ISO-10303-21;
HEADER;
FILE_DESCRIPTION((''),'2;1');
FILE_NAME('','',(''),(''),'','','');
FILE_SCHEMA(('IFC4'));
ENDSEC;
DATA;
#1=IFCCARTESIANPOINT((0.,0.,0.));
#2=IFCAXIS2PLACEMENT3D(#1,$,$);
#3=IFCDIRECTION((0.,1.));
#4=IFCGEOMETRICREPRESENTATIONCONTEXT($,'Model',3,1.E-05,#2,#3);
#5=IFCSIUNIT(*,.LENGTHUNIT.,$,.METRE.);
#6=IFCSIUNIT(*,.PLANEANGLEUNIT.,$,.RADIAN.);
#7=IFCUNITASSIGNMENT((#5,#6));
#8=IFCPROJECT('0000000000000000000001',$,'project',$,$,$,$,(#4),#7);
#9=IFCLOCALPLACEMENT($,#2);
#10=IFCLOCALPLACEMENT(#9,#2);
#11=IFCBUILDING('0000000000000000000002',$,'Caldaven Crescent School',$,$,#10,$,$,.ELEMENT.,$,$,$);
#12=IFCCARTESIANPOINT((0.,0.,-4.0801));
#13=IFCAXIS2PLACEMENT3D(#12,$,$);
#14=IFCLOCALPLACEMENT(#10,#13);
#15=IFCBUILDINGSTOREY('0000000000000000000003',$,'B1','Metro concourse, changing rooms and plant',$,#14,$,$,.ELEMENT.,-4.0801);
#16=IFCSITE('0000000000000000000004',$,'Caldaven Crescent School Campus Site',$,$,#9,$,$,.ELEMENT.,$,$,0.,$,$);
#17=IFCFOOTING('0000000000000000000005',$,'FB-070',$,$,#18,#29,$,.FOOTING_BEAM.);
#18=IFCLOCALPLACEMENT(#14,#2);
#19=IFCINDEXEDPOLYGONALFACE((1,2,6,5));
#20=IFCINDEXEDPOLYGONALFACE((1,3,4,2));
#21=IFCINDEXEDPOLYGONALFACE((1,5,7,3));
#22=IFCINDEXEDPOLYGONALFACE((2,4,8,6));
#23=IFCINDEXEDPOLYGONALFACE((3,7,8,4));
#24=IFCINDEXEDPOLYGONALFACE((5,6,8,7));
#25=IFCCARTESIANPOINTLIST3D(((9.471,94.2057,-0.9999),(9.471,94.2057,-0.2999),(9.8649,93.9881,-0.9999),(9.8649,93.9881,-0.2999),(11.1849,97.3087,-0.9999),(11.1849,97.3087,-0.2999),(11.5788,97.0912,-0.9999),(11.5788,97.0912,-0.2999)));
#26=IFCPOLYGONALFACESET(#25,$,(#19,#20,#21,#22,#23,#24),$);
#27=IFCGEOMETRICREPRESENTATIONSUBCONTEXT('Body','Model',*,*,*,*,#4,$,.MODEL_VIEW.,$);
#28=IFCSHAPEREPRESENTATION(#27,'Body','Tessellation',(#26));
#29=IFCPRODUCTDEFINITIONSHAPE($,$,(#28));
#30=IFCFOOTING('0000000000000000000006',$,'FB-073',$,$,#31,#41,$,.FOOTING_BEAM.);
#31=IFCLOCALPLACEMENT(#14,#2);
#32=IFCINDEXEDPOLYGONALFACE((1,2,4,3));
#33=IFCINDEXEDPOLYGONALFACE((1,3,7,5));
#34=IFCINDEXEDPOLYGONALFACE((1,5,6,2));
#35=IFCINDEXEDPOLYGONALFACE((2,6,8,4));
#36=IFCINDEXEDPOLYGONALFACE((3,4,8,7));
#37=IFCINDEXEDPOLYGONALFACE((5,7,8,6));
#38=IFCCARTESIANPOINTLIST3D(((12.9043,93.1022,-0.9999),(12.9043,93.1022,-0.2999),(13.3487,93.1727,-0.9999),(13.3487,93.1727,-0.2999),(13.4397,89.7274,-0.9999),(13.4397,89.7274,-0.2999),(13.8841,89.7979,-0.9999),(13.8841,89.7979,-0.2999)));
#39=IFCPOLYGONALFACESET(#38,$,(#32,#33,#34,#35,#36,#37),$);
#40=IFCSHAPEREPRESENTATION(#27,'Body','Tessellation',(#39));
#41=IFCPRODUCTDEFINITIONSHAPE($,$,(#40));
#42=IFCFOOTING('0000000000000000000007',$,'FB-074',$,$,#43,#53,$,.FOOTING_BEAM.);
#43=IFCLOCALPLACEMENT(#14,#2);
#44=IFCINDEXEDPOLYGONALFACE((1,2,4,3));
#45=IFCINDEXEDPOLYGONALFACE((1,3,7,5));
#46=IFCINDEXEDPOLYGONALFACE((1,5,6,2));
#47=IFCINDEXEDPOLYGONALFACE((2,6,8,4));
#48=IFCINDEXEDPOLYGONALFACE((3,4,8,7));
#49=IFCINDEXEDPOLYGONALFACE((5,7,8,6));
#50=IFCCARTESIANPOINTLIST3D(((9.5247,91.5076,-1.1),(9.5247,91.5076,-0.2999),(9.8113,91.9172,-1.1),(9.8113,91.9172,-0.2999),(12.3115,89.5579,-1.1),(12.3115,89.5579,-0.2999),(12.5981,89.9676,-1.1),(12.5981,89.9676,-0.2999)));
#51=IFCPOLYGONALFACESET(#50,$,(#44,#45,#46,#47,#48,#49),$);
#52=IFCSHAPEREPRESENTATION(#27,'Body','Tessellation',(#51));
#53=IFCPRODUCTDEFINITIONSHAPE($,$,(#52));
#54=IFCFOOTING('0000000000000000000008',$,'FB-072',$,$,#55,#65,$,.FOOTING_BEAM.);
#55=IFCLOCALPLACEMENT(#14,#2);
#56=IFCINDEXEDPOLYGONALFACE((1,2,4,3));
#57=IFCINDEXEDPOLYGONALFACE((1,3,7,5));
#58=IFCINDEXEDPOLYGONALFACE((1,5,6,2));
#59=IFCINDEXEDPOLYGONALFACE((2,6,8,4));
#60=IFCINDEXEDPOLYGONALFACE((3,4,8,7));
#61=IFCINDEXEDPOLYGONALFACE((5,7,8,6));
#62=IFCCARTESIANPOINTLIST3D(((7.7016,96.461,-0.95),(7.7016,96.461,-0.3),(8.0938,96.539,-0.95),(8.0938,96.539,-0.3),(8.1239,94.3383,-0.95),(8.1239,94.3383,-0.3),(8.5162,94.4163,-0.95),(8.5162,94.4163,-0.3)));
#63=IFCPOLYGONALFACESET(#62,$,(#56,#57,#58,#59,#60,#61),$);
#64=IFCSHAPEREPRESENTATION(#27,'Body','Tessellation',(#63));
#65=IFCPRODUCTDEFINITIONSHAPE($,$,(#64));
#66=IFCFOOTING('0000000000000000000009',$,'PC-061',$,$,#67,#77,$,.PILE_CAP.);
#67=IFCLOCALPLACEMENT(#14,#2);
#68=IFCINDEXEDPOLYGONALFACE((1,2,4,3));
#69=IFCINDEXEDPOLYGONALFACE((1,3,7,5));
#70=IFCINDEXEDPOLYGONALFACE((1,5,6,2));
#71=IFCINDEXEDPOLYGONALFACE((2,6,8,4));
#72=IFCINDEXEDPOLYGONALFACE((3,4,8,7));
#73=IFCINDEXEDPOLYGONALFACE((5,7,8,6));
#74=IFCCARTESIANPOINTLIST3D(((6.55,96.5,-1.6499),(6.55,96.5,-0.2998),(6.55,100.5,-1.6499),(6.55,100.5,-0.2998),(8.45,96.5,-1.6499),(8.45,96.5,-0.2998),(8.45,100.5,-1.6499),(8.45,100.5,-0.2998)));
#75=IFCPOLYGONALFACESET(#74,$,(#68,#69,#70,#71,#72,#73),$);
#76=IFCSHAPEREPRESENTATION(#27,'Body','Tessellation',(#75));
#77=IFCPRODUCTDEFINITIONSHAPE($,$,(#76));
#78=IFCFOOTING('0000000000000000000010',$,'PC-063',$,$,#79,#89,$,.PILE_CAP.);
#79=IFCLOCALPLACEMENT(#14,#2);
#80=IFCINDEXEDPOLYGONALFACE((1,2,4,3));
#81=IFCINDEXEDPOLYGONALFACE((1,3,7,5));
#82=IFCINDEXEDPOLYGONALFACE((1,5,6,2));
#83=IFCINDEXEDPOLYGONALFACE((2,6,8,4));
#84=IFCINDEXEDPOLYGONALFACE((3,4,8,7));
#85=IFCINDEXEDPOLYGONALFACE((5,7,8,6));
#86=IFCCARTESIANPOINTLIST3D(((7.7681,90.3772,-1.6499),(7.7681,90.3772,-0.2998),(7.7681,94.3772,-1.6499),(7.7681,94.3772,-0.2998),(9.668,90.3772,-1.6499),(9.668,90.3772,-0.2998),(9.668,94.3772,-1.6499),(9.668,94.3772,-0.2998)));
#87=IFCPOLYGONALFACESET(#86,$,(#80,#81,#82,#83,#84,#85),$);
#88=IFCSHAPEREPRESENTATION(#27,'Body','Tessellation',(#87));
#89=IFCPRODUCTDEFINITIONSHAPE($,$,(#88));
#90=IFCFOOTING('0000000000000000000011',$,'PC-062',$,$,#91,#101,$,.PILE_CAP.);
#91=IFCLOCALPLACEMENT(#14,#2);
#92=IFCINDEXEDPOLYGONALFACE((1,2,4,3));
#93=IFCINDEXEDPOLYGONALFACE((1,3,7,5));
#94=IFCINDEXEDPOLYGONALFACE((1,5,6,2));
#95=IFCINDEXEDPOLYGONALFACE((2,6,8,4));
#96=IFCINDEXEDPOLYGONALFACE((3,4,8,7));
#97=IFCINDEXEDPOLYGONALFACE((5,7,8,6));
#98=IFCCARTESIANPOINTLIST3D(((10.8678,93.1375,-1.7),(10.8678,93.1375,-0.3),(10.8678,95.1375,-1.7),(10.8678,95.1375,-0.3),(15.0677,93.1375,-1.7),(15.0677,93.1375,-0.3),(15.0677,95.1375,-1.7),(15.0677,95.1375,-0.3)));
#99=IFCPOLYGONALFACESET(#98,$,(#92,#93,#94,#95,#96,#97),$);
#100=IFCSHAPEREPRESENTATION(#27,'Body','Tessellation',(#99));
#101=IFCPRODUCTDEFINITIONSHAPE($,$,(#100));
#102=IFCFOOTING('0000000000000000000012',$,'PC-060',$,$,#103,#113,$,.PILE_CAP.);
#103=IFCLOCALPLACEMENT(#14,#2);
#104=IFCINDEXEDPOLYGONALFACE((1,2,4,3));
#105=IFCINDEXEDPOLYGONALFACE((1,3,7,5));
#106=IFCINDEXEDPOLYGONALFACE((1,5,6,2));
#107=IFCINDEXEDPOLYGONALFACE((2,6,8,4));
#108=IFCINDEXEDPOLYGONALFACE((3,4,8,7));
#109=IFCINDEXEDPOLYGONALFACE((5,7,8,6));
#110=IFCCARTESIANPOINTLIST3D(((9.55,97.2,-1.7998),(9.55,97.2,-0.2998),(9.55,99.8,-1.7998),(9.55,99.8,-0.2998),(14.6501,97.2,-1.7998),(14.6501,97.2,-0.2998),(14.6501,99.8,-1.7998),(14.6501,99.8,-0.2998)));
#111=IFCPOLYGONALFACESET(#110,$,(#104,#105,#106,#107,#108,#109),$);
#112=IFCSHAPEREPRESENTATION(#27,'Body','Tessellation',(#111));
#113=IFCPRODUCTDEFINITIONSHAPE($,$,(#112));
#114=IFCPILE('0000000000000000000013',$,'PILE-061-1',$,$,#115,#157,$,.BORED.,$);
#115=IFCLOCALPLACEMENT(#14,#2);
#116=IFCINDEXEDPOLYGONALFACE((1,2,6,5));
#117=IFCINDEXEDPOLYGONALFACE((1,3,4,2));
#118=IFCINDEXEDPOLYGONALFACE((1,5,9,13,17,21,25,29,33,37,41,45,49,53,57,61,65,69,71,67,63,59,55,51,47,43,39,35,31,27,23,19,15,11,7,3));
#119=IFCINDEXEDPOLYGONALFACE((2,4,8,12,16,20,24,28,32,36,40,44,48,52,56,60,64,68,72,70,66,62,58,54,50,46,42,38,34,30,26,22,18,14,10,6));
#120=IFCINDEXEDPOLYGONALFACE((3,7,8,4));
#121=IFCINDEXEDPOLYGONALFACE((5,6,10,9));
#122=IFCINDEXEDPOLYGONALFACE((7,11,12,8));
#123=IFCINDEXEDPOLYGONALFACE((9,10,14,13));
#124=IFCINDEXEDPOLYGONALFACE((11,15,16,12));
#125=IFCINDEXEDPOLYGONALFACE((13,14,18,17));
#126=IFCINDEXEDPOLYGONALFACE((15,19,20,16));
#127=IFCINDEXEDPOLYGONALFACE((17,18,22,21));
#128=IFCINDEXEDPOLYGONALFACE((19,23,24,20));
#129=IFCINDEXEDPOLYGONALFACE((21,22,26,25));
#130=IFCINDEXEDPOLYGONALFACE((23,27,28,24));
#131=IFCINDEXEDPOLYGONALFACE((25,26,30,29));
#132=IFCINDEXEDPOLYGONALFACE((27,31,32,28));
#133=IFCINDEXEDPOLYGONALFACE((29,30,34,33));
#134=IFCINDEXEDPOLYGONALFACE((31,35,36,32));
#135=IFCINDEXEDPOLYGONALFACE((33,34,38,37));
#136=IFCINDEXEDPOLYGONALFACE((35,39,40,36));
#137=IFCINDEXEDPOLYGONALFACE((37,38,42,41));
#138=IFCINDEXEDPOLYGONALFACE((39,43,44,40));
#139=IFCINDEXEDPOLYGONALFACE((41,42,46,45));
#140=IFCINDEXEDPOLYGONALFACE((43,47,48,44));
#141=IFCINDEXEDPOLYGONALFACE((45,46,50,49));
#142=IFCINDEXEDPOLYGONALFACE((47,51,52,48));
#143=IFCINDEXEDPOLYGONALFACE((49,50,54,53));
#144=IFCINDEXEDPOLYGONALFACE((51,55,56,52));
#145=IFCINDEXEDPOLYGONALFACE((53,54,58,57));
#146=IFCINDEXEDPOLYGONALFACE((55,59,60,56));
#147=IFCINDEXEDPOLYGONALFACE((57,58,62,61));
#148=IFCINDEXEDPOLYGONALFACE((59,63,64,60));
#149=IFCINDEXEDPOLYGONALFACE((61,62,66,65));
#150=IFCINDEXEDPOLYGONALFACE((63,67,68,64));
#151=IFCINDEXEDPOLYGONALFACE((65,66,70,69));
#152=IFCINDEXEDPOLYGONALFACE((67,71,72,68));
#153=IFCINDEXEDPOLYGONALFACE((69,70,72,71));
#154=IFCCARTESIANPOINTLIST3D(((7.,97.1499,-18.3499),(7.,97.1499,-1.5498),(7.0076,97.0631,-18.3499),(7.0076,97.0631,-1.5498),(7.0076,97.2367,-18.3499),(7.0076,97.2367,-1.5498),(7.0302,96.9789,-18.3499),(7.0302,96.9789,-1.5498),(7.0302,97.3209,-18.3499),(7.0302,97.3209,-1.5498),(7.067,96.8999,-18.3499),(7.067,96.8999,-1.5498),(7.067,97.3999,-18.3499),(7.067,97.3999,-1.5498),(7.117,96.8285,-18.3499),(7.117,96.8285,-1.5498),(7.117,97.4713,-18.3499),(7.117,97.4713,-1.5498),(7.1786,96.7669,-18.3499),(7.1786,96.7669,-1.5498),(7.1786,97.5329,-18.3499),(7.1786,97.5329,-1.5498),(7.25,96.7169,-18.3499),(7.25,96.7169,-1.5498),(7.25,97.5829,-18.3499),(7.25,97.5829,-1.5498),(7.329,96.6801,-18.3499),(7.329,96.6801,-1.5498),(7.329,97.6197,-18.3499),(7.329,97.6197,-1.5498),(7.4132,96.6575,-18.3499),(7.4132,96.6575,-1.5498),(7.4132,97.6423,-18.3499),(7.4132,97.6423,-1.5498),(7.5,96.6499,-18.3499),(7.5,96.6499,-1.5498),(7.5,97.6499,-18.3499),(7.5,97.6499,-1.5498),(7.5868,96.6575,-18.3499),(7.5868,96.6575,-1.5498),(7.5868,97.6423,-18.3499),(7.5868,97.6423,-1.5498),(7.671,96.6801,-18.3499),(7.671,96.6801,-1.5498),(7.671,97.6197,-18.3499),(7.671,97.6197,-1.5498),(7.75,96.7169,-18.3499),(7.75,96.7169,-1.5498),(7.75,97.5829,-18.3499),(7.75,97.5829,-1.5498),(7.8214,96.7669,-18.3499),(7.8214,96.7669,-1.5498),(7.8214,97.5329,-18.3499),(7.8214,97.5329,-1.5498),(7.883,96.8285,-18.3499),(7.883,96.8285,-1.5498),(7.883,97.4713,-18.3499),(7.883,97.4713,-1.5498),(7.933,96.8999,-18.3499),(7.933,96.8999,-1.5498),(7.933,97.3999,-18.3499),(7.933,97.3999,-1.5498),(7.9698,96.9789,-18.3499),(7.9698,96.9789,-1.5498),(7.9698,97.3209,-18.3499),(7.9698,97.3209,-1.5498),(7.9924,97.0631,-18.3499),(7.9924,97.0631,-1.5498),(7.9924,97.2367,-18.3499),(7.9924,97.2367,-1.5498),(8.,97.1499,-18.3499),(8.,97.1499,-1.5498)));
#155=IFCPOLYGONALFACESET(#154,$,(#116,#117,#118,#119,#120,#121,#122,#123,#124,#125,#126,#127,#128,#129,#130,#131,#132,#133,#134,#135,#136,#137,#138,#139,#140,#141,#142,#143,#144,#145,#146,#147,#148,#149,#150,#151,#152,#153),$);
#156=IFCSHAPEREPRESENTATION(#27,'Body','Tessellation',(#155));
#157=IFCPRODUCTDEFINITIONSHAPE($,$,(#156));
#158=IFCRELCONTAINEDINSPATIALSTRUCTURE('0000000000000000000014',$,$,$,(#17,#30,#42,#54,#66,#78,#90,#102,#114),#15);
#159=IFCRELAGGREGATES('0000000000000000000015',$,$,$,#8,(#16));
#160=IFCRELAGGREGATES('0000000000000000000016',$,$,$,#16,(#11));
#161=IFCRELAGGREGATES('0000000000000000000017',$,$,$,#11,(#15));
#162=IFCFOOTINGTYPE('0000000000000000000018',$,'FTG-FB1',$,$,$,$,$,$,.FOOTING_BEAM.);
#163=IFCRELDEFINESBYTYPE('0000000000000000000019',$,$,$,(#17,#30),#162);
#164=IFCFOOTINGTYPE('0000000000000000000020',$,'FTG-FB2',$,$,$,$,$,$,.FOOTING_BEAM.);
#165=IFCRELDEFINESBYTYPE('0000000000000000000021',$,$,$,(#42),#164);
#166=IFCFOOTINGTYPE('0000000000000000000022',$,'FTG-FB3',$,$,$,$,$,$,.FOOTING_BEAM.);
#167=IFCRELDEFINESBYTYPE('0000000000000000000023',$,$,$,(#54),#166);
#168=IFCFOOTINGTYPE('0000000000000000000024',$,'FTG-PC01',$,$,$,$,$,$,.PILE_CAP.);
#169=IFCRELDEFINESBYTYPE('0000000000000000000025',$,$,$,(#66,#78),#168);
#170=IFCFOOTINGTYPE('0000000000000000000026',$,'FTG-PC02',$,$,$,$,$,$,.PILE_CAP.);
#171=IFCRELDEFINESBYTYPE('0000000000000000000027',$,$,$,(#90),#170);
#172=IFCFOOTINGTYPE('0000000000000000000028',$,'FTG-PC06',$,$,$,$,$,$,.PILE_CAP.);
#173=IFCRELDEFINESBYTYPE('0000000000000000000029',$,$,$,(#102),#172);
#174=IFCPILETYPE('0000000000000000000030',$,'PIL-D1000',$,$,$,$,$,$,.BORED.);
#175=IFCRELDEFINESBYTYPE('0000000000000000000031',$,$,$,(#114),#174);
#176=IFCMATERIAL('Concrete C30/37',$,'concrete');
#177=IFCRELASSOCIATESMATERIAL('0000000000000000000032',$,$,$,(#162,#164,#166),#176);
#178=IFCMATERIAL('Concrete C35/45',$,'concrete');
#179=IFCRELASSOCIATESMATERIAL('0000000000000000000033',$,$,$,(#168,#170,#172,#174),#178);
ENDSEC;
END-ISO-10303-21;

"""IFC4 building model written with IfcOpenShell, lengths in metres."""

from ifc_helpers import new_model, si_unit, direction, frame, origin, origin_2d, place, context, subcontext, project, spatial, rectangle, circle, extrude, material, material_profile, profile_set, type_object, element, save


model = new_model("IFC4")

# Units and contexts
model_context = context("Model", 3, precision=1e-05, world=origin(), true_north=direction((0.0, 1.0)))
body_context = subcontext(model_context, "Body", "Model", "MODEL_VIEW")
ifc_project = project(units=[si_unit("LENGTHUNIT", "METRE"), si_unit("PLANEANGLEUNIT", "RADIAN")], contexts=[model_context])

# Site, building, storey
site_placement = place(None, origin())
site = spatial("IfcSite", under=ifc_project, at=site_placement, Name="Caldaven Crescent School Campus Site", CompositionType="ELEMENT", RefElevation=0.0)
building_placement = place(site_placement, origin())
building = spatial("IfcBuilding", under=site, at=building_placement, Name="Caldaven Crescent School", CompositionType="ELEMENT")
storey_placement = place(building_placement, frame((0.0, 0.0, -4.0801)))
storey = spatial("IfcBuildingStorey", under=building, at=storey_placement, Name="B1", Description="Metro concourse, changing rooms and plant", CompositionType="ELEMENT", Elevation=-4.0801)

# Footings
ifc_material_1 = material(Name="Concrete C30/37", Category="concrete")
ifc_material_profile_1 = material_profile(ifc_material_1, rectangle(XDim=0.45, YDim=0.7, at=origin_2d()), Name="FB 450x700")
ifc_profile_set_1 = profile_set([ifc_material_profile_1], Name="Concrete C30/37")
footing_type_1 = type_object("IfcFootingType", Name="FTG-FB1", PredefinedType="FOOTING_BEAM", material=ifc_profile_set_1)
footing_1_placement = place(storey_placement, frame((11.3818, 97.2, -0.6499), z_axis=(-0.483478, -0.875357, 0.0), x_axis=(0.875357, -0.483478, 0.0)))
element("IfcFooting", 1, at=footing_1_placement, inside=storey, type_object=footing_type_1, Name="FB-070", PredefinedType="FOOTING_BEAM", context=body_context, shape_type="SweptSolid", body=[
    extrude(rectangle(XDim=0.45, YDim=0.7, at=origin_2d()), origin(), (0.0, 0.0, 1.0), 3.5449),
])
footing_2_placement = place(storey_placement, frame((13.1265, 93.1375, -0.6499), z_axis=(0.156689, -0.987648, 0.0), x_axis=(0.987648, 0.156689, 0.0)))
element("IfcFooting", 2, at=footing_2_placement, inside=storey, type_object=footing_type_1, Name="FB-073", PredefinedType="FOOTING_BEAM", context=body_context, shape_type="SweptSolid", body=[
    extrude(rectangle(XDim=0.45, YDim=0.7, at=origin_2d()), origin(), (0.0, 0.0, 1.0), 3.417),
])
ifc_material_profile_2 = material_profile(ifc_material_1, rectangle(XDim=0.5, YDim=0.8, at=origin_2d()), Name="FB 500x800")
ifc_profile_set_2 = profile_set([ifc_material_profile_2], Name="Concrete C30/37")
footing_type_2 = type_object("IfcFootingType", Name="FTG-FB2", PredefinedType="FOOTING_BEAM", material=ifc_profile_set_2)
footing_3_placement = place(storey_placement, frame((9.668, 91.7124, -0.7), z_axis=(0.819384, -0.573246, 0.0), x_axis=(0.573246, 0.819384, 0.0)))
element("IfcFooting", 3, at=footing_3_placement, inside=storey, type_object=footing_type_2, Name="FB-074", PredefinedType="FOOTING_BEAM", context=body_context, shape_type="SweptSolid", body=[
    extrude(rectangle(XDim=0.5, YDim=0.8, at=origin_2d()), origin(), (0.0, 0.0, 1.0), 3.4011),
])
ifc_material_profile_3 = material_profile(ifc_material_1, rectangle(XDim=0.3999, YDim=0.6499, at=origin_2d()), Name="FB 400x650")
ifc_profile_set_3 = profile_set([ifc_material_profile_3], Name="Concrete C30/37")
footing_type_3 = type_object("IfcFootingType", Name="FTG-FB3", PredefinedType="FOOTING_BEAM", material=ifc_profile_set_3)
footing_4_placement = place(storey_placement, frame((7.8977, 96.5, -0.625), z_axis=(0.19514, -0.980775, 0.0), x_axis=(0.980775, 0.19514, 0.0)))
element("IfcFooting", 4, at=footing_4_placement, inside=storey, type_object=footing_type_3, Name="FB-072", PredefinedType="FOOTING_BEAM", context=body_context, shape_type="SweptSolid", body=[
    extrude(rectangle(XDim=0.3999, YDim=0.6499, at=origin_2d()), origin(), (0.0, 0.0, 1.0), 2.1643),
])
ifc_material_2 = material(Name="Concrete C35/45", Category="concrete")
footing_type_4 = type_object("IfcFootingType", Name="FTG-PC01", PredefinedType="PILE_CAP", material=ifc_material_2)
for number, where, z_axis, x_axis, name in (
    (5, (7.5, 98.5, -1.6499), (0.0, 0.0, 1.0), (0.0, 1.0, 0.0), "PC-061"),
    (6, (8.718, 92.3772, -1.6499), (0.0, 0.0, 1.0), (0.0, 1.0, 0.0), "PC-063"),
):
    element("IfcFooting", number, at=place(storey_placement, frame(where, z_axis=z_axis, x_axis=x_axis)), inside=storey, type_object=footing_type_4, Name=name, PredefinedType="PILE_CAP", context=body_context, shape_type="SweptSolid", body=[
        extrude(rectangle(XDim=4.0, YDim=1.8999, at=origin_2d()), origin(), (0.0, 0.0, 1.0), 1.3501),
    ])
footing_type_5 = type_object("IfcFootingType", Name="FTG-PC02", PredefinedType="PILE_CAP", material=ifc_material_2)
footing_5_placement = place(storey_placement, frame((12.9678, 94.1375, -1.7), z_axis=(0.0, 0.0, 1.0), x_axis=(1.0, 0.0, 0.0)))
element("IfcFooting", 7, at=footing_5_placement, inside=storey, type_object=footing_type_5, Name="PC-062", PredefinedType="PILE_CAP", context=body_context, shape_type="SweptSolid", body=[
    extrude(rectangle(XDim=4.2, YDim=2.0, at=origin_2d()), origin(), (0.0, 0.0, 1.0), 1.3999),
])
footing_type_6 = type_object("IfcFootingType", Name="FTG-PC06", PredefinedType="PILE_CAP", material=ifc_material_2)
footing_6_placement = place(storey_placement, frame((12.1001, 98.5, -1.7998), z_axis=(0.0, 0.0, 1.0), x_axis=(1.0, 0.0, 0.0)))
element("IfcFooting", 8, at=footing_6_placement, inside=storey, type_object=footing_type_6, Name="PC-060", PredefinedType="PILE_CAP", context=body_context, shape_type="SweptSolid", body=[
    extrude(rectangle(XDim=5.1001, YDim=2.6001, at=origin_2d()), origin(), (0.0, 0.0, 1.0), 1.5),
])

# Pile
ifc_material_profile_4 = material_profile(ifc_material_2, circle(Radius=0.5, at=origin_2d()), Name="PILE D1000")
ifc_profile_set_4 = profile_set([ifc_material_profile_4], Name="Concrete C35/45")
pile_type_1 = type_object("IfcPileType", Name="PIL-D1000", PredefinedType="BORED", material=ifc_profile_set_4)
pile_placement = place(storey_placement, frame((7.5, 97.1499, -1.5498), z_axis=(0.0, 0.0, -1.0), x_axis=(1.0, 0.0, 0.0)))
element("IfcPile", 9, at=pile_placement, inside=storey, type_object=pile_type_1, Name="PILE-061-1", PredefinedType="BORED", context=body_context, shape_type="SweptSolid", body=[
    extrude(circle(Radius=0.5, at=origin_2d()), origin(), (0.0, 0.0, 1.0), 16.8),
])

save(model, "model.ifc")
